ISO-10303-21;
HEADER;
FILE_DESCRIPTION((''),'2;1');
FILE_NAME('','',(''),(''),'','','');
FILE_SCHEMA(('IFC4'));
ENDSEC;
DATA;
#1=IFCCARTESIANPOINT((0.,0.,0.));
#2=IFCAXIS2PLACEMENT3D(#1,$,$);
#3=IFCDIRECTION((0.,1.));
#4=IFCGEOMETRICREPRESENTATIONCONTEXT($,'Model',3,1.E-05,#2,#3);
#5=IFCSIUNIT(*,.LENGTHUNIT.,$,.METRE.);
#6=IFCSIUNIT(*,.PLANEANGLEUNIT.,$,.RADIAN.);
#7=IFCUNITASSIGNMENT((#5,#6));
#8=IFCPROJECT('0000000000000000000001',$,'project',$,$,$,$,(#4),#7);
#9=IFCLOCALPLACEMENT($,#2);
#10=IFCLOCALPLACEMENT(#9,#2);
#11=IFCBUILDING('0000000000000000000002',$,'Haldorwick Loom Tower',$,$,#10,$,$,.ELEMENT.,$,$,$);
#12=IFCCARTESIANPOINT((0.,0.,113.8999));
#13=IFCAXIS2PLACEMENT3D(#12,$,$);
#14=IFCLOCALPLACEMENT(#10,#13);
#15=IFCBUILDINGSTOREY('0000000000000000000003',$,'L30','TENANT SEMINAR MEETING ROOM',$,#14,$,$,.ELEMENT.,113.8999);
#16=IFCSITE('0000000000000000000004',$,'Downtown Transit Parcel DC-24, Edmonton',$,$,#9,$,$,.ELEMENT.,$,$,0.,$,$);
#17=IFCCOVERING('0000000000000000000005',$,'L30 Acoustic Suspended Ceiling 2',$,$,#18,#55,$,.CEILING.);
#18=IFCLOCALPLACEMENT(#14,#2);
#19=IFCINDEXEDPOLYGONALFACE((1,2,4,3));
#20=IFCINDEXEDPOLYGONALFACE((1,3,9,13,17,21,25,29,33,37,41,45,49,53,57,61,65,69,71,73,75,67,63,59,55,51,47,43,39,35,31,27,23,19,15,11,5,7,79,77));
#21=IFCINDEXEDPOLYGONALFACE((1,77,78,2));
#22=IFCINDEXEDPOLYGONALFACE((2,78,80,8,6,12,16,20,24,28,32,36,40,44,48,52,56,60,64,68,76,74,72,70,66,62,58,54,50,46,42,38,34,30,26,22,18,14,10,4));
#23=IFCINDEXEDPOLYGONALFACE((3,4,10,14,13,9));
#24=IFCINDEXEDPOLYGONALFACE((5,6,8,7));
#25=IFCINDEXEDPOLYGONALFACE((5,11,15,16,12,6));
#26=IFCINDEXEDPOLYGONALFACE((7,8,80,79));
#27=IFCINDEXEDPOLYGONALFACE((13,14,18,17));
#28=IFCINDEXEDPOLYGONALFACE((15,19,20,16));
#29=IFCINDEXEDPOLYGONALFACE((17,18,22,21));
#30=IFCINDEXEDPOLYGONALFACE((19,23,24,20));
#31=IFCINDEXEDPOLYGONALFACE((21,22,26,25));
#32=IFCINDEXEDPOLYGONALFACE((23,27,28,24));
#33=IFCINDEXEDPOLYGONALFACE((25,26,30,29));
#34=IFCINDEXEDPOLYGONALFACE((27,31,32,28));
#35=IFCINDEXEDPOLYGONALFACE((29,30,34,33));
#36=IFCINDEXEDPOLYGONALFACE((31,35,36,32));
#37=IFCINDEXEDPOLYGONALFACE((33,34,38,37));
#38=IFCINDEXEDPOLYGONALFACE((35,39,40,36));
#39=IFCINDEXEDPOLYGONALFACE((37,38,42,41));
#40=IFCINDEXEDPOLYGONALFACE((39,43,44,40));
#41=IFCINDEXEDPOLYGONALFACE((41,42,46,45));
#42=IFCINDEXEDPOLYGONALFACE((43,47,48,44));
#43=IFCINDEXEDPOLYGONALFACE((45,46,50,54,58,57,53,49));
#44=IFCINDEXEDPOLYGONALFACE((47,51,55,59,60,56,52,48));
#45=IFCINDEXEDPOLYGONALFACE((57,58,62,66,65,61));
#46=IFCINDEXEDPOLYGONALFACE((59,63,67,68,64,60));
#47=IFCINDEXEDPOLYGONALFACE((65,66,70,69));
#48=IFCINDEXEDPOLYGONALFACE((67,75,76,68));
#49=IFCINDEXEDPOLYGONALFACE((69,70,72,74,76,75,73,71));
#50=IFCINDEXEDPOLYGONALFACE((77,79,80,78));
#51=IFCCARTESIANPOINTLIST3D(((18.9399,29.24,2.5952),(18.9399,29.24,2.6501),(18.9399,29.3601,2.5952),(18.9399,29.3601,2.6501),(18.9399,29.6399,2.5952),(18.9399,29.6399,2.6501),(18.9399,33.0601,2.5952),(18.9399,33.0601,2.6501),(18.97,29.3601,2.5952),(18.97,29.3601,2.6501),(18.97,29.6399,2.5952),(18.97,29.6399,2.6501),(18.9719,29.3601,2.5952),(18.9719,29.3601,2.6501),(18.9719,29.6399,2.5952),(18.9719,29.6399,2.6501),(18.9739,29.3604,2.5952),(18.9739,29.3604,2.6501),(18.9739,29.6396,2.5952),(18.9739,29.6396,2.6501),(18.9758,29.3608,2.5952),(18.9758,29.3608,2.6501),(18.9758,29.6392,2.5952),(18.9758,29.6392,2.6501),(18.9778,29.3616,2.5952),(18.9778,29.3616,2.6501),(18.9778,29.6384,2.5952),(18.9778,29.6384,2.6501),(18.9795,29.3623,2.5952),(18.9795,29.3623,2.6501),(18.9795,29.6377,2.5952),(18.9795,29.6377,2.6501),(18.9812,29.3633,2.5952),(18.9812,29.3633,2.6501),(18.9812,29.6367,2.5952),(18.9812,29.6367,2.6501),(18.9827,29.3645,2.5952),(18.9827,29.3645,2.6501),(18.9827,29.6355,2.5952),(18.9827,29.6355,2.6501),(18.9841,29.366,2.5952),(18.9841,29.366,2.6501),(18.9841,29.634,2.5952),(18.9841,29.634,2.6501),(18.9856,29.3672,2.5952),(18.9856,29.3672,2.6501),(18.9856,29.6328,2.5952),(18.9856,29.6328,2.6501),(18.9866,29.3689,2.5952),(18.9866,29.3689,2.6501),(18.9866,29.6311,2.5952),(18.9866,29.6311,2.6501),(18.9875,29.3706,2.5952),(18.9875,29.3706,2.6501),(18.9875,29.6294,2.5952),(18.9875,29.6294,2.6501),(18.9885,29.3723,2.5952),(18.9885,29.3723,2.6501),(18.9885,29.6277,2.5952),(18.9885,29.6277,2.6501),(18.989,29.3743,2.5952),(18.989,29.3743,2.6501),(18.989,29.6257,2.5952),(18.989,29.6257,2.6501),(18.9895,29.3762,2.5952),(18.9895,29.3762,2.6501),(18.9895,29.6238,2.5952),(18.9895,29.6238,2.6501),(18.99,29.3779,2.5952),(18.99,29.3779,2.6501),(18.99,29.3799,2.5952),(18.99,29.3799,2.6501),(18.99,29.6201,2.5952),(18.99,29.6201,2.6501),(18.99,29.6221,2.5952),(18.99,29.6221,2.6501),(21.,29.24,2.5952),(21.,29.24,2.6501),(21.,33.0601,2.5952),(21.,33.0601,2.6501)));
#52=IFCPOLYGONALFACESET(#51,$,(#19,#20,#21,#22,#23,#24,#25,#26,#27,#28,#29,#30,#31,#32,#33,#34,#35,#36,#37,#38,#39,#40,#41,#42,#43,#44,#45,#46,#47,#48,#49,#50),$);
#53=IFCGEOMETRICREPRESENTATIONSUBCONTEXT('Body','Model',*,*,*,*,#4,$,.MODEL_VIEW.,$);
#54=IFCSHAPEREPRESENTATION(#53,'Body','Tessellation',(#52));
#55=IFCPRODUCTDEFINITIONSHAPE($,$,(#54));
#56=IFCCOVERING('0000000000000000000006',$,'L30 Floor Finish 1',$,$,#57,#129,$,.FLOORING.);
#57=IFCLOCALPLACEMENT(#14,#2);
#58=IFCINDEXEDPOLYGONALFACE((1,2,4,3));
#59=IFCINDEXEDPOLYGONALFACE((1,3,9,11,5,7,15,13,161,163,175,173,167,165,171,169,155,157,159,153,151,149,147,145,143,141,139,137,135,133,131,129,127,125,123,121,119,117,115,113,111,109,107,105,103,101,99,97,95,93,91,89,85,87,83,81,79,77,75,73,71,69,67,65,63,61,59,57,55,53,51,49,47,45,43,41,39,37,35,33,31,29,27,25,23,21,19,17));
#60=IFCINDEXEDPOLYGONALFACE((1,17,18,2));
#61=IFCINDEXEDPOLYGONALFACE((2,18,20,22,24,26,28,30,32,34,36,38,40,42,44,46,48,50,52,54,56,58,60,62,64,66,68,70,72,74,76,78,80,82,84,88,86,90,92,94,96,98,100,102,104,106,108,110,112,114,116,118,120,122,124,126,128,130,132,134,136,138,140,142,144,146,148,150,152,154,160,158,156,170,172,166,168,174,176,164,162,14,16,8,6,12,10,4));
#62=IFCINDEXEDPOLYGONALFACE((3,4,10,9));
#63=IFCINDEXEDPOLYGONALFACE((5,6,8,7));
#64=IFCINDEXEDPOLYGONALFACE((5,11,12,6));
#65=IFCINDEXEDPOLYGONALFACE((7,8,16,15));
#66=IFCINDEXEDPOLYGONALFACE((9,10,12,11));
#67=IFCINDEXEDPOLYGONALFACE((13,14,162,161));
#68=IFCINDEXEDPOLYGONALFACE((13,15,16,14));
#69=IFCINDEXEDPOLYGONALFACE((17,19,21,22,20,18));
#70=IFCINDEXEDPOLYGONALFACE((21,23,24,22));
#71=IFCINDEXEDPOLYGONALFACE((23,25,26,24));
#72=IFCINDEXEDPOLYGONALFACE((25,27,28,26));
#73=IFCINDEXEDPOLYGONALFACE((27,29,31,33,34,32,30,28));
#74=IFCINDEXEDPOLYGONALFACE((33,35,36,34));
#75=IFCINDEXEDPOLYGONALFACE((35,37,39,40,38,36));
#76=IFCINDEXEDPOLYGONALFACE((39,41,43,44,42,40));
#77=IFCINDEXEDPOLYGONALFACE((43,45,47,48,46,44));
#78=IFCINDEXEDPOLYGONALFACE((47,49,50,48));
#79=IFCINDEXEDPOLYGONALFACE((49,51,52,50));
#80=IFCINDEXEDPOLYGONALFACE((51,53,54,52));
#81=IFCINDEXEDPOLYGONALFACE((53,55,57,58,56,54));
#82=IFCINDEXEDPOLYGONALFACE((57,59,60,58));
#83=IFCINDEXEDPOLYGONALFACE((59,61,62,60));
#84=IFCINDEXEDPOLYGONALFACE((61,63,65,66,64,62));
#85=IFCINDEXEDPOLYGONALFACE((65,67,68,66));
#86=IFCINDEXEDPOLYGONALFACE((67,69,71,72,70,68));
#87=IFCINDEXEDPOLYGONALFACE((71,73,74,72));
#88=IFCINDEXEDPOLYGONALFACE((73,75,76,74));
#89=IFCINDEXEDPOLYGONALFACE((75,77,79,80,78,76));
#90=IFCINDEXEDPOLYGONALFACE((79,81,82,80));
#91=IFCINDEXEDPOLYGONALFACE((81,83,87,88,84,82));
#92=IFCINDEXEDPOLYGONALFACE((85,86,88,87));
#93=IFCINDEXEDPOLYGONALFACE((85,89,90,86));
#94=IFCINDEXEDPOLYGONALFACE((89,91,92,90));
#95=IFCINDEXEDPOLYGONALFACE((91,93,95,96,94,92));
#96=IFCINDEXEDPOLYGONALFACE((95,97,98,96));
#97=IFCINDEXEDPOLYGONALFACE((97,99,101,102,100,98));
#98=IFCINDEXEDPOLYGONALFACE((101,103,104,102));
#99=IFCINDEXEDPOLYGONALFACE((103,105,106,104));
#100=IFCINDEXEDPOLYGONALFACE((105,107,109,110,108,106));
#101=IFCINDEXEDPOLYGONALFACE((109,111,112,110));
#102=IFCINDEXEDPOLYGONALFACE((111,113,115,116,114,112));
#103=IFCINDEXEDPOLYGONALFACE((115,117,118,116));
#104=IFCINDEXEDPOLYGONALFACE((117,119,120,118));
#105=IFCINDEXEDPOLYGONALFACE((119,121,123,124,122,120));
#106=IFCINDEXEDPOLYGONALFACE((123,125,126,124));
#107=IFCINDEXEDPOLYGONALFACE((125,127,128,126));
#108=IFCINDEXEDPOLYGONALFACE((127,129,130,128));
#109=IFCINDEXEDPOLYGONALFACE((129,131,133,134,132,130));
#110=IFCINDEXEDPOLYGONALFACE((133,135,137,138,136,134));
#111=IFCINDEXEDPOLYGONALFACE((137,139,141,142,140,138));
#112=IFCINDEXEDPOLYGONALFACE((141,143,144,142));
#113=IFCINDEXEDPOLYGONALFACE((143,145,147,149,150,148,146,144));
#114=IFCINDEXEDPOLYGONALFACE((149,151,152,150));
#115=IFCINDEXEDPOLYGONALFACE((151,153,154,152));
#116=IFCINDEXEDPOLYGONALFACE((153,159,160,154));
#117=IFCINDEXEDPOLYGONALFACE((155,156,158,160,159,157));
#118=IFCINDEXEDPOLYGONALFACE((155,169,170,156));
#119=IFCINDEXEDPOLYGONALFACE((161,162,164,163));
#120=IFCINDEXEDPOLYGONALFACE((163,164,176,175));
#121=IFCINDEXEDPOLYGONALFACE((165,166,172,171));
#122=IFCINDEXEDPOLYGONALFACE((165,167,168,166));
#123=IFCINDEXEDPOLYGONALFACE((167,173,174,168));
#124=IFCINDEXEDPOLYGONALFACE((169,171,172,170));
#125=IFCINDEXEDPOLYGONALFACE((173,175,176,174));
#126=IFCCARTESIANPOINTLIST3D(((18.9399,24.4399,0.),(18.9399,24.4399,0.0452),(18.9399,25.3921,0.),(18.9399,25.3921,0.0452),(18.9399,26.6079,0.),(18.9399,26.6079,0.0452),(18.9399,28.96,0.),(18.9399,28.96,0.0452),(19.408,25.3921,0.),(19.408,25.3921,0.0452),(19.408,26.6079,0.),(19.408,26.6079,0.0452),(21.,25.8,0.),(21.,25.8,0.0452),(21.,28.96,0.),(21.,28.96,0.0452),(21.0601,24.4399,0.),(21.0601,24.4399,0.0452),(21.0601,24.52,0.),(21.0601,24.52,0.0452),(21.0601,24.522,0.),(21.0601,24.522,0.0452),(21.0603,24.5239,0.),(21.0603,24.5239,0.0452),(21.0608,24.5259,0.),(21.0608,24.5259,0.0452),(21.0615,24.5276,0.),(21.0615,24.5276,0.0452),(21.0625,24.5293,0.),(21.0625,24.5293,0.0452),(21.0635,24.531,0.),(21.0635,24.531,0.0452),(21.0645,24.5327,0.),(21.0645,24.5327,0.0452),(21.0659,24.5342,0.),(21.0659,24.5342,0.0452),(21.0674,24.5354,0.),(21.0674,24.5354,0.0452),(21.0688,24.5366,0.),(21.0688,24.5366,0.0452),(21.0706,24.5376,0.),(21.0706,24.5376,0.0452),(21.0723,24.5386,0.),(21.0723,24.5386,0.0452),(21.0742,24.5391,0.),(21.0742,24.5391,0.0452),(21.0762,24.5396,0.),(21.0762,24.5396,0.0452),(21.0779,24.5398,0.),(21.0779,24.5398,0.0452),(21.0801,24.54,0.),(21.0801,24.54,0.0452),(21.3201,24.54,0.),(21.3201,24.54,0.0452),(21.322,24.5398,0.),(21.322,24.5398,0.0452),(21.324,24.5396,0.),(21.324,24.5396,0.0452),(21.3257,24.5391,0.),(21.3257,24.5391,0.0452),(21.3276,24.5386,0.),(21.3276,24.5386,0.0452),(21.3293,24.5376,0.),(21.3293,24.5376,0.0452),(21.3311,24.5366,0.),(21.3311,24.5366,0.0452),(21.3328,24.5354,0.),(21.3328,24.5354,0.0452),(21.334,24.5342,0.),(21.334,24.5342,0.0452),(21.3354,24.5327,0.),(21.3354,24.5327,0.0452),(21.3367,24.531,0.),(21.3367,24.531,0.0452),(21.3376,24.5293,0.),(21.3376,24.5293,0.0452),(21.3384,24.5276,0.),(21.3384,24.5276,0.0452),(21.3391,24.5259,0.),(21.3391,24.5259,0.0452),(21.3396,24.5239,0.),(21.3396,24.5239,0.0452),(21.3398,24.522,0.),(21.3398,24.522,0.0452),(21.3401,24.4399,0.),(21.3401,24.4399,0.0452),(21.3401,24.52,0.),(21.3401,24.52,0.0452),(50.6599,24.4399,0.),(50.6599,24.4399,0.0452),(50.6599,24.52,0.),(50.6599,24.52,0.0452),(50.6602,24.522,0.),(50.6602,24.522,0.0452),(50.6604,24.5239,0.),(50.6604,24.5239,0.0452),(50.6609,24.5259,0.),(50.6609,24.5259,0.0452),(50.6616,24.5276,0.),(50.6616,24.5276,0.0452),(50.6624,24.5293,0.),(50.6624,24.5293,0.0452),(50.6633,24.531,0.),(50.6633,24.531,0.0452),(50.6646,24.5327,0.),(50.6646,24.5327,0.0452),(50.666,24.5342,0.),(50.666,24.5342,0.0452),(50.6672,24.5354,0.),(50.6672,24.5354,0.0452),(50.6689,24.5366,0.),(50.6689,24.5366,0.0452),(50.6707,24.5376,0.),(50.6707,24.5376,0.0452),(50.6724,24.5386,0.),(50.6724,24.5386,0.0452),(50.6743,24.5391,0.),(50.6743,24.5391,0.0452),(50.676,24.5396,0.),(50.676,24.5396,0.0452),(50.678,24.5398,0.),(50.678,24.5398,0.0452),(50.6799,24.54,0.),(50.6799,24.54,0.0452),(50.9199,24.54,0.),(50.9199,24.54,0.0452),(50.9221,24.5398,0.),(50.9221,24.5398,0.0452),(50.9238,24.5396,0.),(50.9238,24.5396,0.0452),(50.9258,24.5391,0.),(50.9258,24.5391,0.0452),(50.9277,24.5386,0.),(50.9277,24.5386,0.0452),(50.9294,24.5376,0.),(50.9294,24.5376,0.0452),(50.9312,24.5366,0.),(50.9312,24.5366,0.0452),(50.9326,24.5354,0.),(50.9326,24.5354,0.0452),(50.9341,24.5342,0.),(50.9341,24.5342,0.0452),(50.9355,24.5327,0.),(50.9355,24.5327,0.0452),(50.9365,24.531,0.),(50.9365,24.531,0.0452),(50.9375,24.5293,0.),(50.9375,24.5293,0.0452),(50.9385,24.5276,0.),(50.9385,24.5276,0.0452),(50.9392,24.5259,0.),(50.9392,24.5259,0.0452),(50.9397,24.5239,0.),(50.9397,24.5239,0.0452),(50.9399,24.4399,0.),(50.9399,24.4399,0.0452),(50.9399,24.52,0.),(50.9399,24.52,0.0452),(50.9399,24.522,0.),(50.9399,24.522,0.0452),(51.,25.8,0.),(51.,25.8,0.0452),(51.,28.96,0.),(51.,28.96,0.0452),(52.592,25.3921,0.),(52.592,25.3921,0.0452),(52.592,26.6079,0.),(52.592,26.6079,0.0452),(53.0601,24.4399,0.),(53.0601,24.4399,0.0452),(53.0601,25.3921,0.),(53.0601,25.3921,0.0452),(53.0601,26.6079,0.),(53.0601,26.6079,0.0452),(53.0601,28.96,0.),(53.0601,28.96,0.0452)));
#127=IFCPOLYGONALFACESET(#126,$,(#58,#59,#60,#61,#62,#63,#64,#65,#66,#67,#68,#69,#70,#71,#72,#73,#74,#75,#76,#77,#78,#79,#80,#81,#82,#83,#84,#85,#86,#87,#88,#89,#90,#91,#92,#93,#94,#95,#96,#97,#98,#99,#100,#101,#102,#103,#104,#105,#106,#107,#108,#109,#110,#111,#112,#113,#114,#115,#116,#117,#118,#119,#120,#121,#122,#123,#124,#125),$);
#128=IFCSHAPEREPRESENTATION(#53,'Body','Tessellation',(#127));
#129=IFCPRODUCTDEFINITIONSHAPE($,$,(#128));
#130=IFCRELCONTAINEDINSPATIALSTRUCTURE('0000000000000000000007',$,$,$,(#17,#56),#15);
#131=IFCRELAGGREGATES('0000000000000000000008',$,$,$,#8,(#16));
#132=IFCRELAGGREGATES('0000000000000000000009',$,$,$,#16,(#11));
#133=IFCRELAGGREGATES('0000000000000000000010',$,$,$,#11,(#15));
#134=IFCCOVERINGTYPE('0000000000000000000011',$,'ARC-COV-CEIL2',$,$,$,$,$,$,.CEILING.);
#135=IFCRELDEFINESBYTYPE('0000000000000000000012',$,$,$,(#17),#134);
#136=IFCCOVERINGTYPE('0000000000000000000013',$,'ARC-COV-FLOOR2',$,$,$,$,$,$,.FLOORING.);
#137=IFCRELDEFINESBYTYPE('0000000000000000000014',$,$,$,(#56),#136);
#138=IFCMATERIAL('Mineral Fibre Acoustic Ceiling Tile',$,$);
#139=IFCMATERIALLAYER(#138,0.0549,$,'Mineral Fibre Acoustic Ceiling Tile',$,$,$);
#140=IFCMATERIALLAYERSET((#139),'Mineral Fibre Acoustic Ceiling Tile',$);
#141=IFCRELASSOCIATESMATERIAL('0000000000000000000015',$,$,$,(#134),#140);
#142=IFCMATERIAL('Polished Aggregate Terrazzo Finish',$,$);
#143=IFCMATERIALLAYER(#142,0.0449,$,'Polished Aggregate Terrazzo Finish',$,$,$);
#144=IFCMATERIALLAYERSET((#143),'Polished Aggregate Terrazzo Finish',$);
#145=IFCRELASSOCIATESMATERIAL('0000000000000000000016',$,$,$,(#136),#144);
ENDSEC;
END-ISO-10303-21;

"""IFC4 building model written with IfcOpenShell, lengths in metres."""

from ifc_helpers import new_model, si_unit, direction, frame, origin, place, context, subcontext, project, spatial, polyline, outline, extrude, material, layer, layer_set, type_object, element, save


model = new_model("IFC4")

# Units and contexts
model_context = context("Model", 3, precision=1e-05, world=origin(), true_north=direction((0.0, 1.0)))
body_context = subcontext(model_context, "Body", "Model", "MODEL_VIEW")
ifc_project = project(units=[si_unit("LENGTHUNIT", "METRE"), si_unit("PLANEANGLEUNIT", "RADIAN")], contexts=[model_context])

# Site, building, storey
site_placement = place(None, origin())
site = spatial("IfcSite", under=ifc_project, at=site_placement, Name="Downtown Transit Parcel DC-24, Edmonton", CompositionType="ELEMENT", RefElevation=0.0)
building_placement = place(site_placement, origin())
building = spatial("IfcBuilding", under=site, at=building_placement, Name="Haldorwick Loom Tower", CompositionType="ELEMENT")
storey_placement = place(building_placement, frame((0.0, 0.0, 113.8999)))
storey = spatial("IfcBuildingStorey", under=building, at=storey_placement, Name="L30", Description="TENANT SEMINAR MEETING ROOM", CompositionType="ELEMENT", Elevation=113.8999)

# Coverings
ifc_material_1 = material(Name="Mineral Fibre Acoustic Ceiling Tile")
ifc_layer_1 = layer(ifc_material_1, 0.0549, Name="Mineral Fibre Acoustic Ceiling Tile")
ifc_layer_set_1 = layer_set([ifc_layer_1], Name="Mineral Fibre Acoustic Ceiling Tile")
covering_type_1 = type_object("IfcCoveringType", Name="ARC-COV-CEIL2", PredefinedType="CEILING", material=ifc_layer_set_1)
covering_1_placement = place(storey_placement, frame((0.0, 0.0, 2.5952)))
element("IfcCovering", 1, at=covering_1_placement, inside=storey, type_object=covering_type_1, Name="L30 Acoustic Suspended Ceiling 2", PredefinedType="CEILING", context=body_context, shape_type="SweptSolid", body=[
    extrude(outline(polyline([(18.97, 29.6399), (18.9719, 29.6399), (18.9739, 29.6396), (18.9758, 29.6392), (18.9778, 29.6384), (18.9795, 29.6377), (18.9812, 29.6367), (18.9827, 29.6355), (18.9841, 29.634), (18.9856, 29.6328), (18.9866, 29.6311), (18.9875, 29.6294), (18.9885, 29.6277), (18.989, 29.6257), (18.9895, 29.6238), (18.99, 29.6221), (18.99, 29.6201), (18.99, 29.3799), (18.99, 29.3779), (18.9895, 29.3762), (18.989, 29.3743), (18.9885, 29.3723), (18.9875, 29.3706), (18.9866, 29.3689), (18.9856, 29.3672), (18.9841, 29.366), (18.9827, 29.3645), (18.9812, 29.3633), (18.9795, 29.3623), (18.9778, 29.3616), (18.9758, 29.3608), (18.9739, 29.3604), (18.9719, 29.3601), (18.97, 29.3601), (18.9399, 29.3601), (18.9399, 29.24), (21.0, 29.24), (21.0, 33.0601), (18.9399, 33.0601), (18.9399, 29.6399), (18.97, 29.6399)])), origin(), (0.0, 0.0, 1.0), 0.0549),
])
ifc_material_2 = material(Name="Polished Aggregate Terrazzo Finish")
ifc_layer_2 = layer(ifc_material_2, 0.0449, Name="Polished Aggregate Terrazzo Finish")
ifc_layer_set_2 = layer_set([ifc_layer_2], Name="Polished Aggregate Terrazzo Finish")
covering_type_2 = type_object("IfcCoveringType", Name="ARC-COV-FLOOR2", PredefinedType="FLOORING", material=ifc_layer_set_2)
covering_2_placement = place(storey_placement, origin())
element("IfcCovering", 2, at=covering_2_placement, inside=storey, type_object=covering_type_2, Name="L30 Floor Finish 1", PredefinedType="FLOORING", context=body_context, shape_type="SweptSolid", body=[
    extrude(outline(polyline([(21.3201, 24.54), (21.322, 24.5398), (21.324, 24.5396), (21.3257, 24.5391), (21.3276, 24.5386), (21.3293, 24.5376), (21.3311, 24.5366), (21.3328, 24.5354), (21.334, 24.5342), (21.3354, 24.5327), (21.3367, 24.531), (21.3376, 24.5293), (21.3384, 24.5276), (21.3391, 24.5259), (21.3396, 24.5239), (21.3398, 24.522), (21.3401, 24.52), (21.3401, 24.4399), (50.6599, 24.4399), (50.6599, 24.52), (50.6602, 24.522), (50.6604, 24.5239), (50.6609, 24.5259), (50.6616, 24.5276), (50.6624, 24.5293), (50.6633, 24.531), (50.6646, 24.5327), (50.666, 24.5342), (50.6672, 24.5354), (50.6689, 24.5366), (50.6707, 24.5376), (50.6724, 24.5386), (50.6743, 24.5391), (50.676, 24.5396), (50.678, 24.5398), (50.6799, 24.54), (50.9199, 24.54), (50.9221, 24.5398), (50.9238, 24.5396), (50.9258, 24.5391), (50.9277, 24.5386), (50.9294, 24.5376), (50.9312, 24.5366), (50.9326, 24.5354), (50.9341, 24.5342), (50.9355, 24.5327), (50.9365, 24.531), (50.9375, 24.5293), (50.9385, 24.5276), (50.9392, 24.5259), (50.9397, 24.5239), (50.9399, 24.522), (50.9399, 24.52), (50.9399, 24.4399), (53.0601, 24.4399), (53.0601, 25.3921), (52.592, 25.3921), (52.592, 26.6079), (53.0601, 26.6079), (53.0601, 28.96), (51.0, 28.96), (51.0, 25.8), (21.0, 25.8), (21.0, 28.96), (18.9399, 28.96), (18.9399, 26.6079), (19.408, 26.6079), (19.408, 25.3921), (18.9399, 25.3921), (18.9399, 24.4399), (21.0601, 24.4399), (21.0601, 24.52), (21.0601, 24.522), (21.0603, 24.5239), (21.0608, 24.5259), (21.0615, 24.5276), (21.0625, 24.5293), (21.0635, 24.531), (21.0645, 24.5327), (21.0659, 24.5342), (21.0674, 24.5354), (21.0688, 24.5366), (21.0706, 24.5376), (21.0723, 24.5386), (21.0742, 24.5391), (21.0762, 24.5396), (21.0779, 24.5398), (21.0801, 24.54), (21.3201, 24.54)])), origin(), (0.0, 0.0, 1.0), 0.0452),
])

save(model, "model.ifc")
